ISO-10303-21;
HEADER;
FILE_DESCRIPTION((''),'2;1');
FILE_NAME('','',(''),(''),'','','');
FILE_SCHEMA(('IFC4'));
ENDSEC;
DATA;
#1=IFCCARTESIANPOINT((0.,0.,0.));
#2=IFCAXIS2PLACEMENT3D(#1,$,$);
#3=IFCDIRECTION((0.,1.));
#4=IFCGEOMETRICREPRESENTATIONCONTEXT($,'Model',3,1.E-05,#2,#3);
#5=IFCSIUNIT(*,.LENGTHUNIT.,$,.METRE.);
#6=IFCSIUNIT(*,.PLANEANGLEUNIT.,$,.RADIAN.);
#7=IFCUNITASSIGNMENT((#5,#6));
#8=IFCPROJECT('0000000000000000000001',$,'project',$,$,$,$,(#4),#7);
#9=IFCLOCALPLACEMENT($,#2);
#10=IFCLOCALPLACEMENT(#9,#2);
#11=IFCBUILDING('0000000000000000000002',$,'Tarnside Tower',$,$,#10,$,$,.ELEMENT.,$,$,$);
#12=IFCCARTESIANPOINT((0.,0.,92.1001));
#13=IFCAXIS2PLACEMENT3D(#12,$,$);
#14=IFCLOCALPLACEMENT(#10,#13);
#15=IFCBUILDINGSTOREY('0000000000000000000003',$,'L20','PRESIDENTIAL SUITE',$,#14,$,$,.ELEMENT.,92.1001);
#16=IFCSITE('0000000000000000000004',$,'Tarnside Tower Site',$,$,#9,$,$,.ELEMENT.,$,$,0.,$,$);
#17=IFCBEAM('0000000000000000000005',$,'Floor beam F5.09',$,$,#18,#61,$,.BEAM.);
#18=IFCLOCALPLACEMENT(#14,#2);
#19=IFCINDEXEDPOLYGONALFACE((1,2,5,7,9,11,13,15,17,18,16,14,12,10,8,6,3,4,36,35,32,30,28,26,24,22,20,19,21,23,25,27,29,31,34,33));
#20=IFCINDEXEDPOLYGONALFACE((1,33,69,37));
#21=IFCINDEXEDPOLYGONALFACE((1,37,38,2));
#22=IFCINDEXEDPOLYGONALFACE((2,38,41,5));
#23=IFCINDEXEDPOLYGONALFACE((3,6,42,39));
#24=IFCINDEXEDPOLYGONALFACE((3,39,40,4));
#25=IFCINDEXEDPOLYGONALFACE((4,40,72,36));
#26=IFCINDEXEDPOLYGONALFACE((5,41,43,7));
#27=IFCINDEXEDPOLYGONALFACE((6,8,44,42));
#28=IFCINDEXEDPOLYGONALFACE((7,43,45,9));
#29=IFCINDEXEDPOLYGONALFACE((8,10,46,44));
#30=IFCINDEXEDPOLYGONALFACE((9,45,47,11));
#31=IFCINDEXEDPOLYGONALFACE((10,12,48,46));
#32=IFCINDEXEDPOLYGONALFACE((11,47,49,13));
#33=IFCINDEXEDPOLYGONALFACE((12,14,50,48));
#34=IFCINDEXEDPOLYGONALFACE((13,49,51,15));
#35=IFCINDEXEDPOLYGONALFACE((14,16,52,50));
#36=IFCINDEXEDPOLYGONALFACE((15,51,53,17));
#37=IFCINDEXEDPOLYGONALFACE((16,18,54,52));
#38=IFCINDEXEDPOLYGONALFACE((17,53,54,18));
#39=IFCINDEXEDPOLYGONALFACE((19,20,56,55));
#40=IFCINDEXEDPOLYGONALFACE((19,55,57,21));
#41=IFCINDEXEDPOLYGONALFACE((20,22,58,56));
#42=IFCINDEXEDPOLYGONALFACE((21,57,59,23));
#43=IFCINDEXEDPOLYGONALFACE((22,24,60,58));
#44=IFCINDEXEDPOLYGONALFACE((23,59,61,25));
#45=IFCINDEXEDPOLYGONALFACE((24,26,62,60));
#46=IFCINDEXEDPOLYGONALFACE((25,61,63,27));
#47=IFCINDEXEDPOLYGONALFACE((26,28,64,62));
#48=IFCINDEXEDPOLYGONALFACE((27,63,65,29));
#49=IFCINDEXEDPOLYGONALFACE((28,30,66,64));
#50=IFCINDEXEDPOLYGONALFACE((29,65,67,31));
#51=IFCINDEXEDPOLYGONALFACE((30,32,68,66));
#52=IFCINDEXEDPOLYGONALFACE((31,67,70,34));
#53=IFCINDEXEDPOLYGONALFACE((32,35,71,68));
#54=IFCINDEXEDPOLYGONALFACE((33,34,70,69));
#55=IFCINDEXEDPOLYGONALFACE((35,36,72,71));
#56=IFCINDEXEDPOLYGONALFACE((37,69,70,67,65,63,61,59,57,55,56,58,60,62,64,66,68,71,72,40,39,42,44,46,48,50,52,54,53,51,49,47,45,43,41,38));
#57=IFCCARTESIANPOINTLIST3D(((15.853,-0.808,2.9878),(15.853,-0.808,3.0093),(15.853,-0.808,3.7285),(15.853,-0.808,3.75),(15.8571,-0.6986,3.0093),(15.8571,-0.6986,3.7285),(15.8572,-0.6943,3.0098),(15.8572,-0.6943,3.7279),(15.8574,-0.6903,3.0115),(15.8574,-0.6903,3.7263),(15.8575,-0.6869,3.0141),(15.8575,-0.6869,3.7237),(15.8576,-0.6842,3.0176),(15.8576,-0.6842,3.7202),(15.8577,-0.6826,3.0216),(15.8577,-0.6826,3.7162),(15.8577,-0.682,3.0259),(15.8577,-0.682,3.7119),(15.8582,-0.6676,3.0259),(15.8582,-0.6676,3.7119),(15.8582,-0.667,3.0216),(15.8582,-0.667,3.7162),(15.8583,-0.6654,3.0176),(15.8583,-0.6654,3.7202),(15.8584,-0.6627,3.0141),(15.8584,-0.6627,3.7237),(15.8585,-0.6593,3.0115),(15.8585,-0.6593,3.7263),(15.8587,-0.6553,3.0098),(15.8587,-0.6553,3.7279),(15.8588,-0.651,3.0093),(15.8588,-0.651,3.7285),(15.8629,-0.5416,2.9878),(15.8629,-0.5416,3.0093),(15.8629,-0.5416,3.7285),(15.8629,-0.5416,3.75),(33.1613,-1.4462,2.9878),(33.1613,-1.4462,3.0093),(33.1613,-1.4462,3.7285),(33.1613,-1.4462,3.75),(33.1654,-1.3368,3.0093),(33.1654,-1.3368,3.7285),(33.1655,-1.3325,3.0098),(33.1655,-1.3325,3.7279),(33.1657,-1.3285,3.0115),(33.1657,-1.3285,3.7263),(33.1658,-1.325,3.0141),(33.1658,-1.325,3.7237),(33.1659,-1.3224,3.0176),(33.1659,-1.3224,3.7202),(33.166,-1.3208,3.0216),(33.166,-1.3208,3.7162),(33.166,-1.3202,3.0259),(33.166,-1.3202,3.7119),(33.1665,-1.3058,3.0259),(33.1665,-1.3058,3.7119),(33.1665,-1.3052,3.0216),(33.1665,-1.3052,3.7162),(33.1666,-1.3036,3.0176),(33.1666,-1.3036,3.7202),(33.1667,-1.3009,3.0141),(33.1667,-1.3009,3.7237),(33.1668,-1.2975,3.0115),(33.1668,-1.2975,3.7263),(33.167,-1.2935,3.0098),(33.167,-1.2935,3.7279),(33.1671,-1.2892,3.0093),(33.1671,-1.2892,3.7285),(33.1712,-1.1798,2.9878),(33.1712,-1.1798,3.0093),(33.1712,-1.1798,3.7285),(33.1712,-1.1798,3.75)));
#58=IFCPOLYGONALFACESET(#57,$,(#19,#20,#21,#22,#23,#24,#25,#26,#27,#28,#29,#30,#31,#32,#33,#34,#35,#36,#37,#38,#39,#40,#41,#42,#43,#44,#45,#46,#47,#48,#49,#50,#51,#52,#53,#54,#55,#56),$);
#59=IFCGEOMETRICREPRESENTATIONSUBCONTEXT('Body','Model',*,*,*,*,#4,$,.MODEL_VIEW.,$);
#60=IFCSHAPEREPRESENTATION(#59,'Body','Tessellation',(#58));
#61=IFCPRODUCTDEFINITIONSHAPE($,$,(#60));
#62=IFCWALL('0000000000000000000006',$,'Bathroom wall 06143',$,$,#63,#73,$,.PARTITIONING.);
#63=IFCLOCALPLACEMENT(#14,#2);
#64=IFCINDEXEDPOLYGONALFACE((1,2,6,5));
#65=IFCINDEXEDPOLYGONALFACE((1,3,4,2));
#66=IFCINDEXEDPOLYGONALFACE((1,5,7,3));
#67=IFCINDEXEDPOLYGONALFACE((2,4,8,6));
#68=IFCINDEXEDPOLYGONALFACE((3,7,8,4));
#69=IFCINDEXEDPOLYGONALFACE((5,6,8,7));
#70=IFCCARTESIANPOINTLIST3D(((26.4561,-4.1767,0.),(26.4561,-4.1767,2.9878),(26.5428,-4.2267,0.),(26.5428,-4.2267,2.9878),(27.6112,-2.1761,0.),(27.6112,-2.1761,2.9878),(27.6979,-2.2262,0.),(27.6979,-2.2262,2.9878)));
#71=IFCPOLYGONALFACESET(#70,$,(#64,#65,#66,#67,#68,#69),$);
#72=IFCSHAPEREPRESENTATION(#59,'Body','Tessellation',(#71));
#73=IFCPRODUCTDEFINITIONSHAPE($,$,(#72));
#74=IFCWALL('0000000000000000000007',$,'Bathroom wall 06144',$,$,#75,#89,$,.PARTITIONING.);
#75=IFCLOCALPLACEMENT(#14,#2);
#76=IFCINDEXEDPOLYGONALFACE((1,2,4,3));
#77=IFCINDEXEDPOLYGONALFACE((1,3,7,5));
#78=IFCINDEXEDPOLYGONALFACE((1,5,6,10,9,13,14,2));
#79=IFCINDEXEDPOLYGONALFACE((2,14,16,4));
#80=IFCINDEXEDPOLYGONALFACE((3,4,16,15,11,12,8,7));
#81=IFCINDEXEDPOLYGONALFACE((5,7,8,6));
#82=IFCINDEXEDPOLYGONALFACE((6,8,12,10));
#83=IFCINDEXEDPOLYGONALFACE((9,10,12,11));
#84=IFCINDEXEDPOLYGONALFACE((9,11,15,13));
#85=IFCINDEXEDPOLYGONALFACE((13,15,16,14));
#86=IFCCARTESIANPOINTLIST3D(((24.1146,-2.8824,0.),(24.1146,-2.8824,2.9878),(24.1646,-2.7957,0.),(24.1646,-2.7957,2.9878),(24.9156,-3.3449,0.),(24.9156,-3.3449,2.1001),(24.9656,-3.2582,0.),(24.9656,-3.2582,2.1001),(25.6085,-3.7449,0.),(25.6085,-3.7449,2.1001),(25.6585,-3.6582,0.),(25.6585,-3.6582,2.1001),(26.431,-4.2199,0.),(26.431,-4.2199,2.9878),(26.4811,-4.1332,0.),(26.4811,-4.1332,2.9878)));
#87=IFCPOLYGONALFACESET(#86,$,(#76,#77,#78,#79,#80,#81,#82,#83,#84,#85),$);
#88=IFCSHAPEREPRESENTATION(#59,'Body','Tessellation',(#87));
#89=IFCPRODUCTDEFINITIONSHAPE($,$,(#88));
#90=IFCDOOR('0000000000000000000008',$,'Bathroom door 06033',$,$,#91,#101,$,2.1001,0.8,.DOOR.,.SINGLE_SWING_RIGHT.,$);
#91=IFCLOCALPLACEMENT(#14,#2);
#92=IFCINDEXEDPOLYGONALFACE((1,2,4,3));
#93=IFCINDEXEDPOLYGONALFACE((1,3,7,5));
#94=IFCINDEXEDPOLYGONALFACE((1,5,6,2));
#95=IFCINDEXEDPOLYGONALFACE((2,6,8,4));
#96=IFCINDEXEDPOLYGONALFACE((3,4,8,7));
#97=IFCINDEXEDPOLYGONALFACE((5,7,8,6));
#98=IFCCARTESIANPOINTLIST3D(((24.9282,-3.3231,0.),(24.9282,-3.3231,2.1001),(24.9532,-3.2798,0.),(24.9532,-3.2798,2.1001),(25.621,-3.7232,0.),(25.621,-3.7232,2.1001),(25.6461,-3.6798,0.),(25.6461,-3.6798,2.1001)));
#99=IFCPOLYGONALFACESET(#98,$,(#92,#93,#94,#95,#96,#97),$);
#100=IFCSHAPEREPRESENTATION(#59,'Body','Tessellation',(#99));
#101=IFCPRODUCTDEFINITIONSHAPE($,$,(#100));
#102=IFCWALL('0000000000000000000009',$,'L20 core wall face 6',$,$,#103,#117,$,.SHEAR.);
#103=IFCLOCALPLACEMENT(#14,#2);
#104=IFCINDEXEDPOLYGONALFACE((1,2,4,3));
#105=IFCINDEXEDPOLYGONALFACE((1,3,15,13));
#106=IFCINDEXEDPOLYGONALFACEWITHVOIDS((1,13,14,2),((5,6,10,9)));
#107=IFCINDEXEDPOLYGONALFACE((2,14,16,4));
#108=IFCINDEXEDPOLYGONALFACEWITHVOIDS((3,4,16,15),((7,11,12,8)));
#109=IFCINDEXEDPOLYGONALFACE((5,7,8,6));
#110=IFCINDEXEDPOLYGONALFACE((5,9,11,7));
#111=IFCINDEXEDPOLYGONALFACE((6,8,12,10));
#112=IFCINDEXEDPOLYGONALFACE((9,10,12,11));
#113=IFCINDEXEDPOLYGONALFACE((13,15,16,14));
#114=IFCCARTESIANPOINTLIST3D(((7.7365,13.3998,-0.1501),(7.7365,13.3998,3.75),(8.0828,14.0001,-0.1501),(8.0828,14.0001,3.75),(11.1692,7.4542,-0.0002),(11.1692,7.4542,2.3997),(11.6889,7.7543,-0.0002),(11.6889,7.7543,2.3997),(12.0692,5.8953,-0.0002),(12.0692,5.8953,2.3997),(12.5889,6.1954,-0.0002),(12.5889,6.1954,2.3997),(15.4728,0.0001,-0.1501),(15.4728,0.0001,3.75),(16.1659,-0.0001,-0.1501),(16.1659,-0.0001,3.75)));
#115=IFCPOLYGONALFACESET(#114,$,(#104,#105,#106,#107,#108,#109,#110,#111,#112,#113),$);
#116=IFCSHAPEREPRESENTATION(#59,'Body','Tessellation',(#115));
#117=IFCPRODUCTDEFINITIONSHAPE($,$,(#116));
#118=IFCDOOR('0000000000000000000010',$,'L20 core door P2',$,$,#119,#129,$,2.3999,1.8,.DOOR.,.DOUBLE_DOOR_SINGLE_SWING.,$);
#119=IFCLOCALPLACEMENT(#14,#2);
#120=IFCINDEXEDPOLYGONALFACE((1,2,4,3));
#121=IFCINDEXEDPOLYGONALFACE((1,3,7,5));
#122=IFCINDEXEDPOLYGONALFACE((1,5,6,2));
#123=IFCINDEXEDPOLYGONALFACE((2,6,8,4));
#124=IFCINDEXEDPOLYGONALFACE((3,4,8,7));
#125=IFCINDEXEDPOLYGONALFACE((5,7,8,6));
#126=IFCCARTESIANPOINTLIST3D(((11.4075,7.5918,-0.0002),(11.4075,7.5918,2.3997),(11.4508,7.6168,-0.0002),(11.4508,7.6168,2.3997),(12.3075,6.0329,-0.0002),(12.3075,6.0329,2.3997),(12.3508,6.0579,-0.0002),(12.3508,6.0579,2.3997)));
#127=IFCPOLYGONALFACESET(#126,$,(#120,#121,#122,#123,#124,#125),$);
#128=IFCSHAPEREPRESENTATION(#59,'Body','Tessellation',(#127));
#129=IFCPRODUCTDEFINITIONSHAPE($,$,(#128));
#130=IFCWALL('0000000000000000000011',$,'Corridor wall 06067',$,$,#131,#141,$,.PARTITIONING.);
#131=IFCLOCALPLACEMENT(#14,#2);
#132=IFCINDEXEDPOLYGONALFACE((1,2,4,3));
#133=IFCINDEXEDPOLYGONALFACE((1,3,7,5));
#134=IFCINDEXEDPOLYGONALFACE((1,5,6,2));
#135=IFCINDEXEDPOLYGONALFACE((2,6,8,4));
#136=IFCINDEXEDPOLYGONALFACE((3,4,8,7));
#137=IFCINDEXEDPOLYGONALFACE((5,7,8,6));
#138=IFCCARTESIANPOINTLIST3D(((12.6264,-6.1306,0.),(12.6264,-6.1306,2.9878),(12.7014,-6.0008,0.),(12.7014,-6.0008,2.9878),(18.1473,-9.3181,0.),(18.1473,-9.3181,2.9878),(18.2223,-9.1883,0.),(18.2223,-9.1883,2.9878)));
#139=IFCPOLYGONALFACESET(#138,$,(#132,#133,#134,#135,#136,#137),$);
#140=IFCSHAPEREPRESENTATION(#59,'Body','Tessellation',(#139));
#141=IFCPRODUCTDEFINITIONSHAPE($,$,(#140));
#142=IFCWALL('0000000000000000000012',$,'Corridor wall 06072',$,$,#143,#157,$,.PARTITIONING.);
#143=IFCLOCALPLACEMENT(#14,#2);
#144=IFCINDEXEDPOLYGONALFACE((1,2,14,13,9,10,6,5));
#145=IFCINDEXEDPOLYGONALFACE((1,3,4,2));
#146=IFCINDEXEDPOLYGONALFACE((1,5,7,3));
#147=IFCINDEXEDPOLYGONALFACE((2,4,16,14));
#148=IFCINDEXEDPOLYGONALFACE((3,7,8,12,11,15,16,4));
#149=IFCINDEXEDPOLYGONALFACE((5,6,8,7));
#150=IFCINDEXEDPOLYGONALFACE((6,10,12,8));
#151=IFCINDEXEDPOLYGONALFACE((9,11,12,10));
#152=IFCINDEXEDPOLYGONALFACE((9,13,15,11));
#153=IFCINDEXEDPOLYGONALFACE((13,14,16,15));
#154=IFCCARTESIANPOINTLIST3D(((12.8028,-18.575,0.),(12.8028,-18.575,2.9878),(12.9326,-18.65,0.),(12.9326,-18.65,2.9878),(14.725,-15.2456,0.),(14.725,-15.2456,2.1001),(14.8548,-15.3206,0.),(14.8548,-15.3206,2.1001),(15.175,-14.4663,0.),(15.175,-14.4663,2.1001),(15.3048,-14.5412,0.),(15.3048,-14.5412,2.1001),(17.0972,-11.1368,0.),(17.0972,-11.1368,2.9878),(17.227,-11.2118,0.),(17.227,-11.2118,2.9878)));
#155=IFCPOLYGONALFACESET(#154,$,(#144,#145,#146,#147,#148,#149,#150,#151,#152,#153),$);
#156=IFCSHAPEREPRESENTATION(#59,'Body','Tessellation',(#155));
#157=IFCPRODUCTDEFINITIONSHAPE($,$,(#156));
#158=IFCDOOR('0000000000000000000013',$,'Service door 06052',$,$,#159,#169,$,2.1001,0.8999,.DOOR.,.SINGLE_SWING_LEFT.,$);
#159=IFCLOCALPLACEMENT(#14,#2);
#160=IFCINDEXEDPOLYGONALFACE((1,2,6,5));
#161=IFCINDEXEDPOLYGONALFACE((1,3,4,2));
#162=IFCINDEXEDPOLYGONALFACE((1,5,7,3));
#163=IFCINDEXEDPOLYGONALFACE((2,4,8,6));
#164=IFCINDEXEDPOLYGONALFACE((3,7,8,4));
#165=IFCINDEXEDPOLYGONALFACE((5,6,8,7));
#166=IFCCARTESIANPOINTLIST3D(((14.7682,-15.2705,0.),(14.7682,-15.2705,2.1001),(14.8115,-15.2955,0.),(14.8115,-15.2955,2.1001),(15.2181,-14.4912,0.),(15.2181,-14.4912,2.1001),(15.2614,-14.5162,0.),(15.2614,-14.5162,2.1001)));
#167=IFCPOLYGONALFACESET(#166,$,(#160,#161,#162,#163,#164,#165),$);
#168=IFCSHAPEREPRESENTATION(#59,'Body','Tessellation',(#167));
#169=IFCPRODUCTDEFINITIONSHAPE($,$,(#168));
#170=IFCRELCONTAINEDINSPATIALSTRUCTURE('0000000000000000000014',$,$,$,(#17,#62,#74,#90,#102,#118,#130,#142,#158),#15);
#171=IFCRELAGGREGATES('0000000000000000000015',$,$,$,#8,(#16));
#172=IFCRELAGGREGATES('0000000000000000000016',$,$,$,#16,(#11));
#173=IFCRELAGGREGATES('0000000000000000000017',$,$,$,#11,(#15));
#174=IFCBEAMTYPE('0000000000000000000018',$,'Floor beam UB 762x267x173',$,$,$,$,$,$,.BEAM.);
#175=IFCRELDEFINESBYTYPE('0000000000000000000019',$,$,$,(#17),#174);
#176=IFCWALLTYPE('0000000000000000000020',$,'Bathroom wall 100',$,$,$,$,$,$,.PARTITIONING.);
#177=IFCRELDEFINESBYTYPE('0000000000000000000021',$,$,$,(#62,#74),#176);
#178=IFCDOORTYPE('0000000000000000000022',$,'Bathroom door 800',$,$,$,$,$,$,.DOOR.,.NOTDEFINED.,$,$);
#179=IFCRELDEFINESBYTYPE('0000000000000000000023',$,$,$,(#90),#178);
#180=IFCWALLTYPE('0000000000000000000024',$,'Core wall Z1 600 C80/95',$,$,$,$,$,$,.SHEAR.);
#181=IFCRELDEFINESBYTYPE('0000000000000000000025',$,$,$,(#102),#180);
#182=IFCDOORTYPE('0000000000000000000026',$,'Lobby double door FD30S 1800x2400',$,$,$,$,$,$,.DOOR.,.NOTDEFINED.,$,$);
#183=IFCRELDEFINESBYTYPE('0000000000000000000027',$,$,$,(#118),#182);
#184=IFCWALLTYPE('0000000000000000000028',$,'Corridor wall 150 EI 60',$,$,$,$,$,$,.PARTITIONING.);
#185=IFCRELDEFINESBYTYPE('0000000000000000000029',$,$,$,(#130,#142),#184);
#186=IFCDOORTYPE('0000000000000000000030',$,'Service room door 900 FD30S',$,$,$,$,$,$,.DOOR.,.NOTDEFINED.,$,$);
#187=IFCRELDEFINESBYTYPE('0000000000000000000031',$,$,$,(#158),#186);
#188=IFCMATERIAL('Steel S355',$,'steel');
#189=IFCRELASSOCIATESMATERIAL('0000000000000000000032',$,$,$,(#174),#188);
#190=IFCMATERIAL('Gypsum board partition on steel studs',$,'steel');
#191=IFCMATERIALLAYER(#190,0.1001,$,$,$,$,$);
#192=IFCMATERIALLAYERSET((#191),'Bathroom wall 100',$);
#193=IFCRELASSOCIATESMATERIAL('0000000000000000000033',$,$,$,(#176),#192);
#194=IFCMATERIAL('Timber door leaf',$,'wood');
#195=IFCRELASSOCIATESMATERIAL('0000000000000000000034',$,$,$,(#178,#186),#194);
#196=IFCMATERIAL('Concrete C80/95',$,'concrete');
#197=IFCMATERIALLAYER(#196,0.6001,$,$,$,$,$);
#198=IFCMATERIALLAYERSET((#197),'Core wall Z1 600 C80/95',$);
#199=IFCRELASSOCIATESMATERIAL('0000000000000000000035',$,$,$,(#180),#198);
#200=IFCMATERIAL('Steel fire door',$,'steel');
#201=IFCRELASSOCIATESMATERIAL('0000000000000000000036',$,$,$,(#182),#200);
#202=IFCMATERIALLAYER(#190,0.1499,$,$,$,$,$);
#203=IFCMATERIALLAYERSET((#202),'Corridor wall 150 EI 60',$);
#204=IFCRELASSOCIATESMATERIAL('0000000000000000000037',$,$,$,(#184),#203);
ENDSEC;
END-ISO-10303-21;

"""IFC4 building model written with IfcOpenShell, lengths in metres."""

from ifc_helpers import new_model, si_unit, direction, frame, frame_2d, origin, origin_2d, place, context, subcontext, project, spatial, polyline, rectangle, i_section, outline, extrude, material, layer, layer_set, material_profile, profile_set, type_object, element, fill, save


model = new_model("IFC4")

# Units and contexts
model_context = context("Model", 3, precision=1e-05, world=origin(), true_north=direction((0.0, 1.0)))
body_context = subcontext(model_context, "Body", "Model", "MODEL_VIEW")
ifc_project = project(units=[si_unit("LENGTHUNIT", "METRE"), si_unit("PLANEANGLEUNIT", "RADIAN")], contexts=[model_context])

# Site, building, storey
site_placement = place(None, origin())
site = spatial("IfcSite", under=ifc_project, at=site_placement, Name="Tarnside Tower Site", CompositionType="ELEMENT", RefElevation=0.0)
building_placement = place(site_placement, origin())
building = spatial("IfcBuilding", under=site, at=building_placement, Name="Tarnside Tower", CompositionType="ELEMENT")
storey_placement = place(building_placement, frame((0.0, 0.0, 92.1001)))
storey = spatial("IfcBuildingStorey", under=building, at=storey_placement, Name="L20", Description="PRESIDENTIAL SUITE", CompositionType="ELEMENT", Elevation=92.1001)

# Beam
ifc_material_1 = material(Name="Steel S355", Category="steel")
ifc_material_profile_1 = material_profile(ifc_material_1, i_section(OverallWidth=0.2666, OverallDepth=0.7622, WebThickness=0.0144, FlangeThickness=0.0215, FilletRadius=0.0166, at=origin_2d()), Name="UB 762x267x173")
ifc_profile_set_1 = profile_set([ifc_material_profile_1], Name="Steel S355")
beam_type_1 = type_object("IfcBeamType", Name="Floor beam UB 762x267x173", PredefinedType="BEAM", material=ifc_profile_set_1)
beam_1_placement = place(storey_placement, frame((33.1663, -1.313, 3.3689), z_axis=(-0.999321, 0.036846, 0.0), x_axis=(-0.036846, -0.999321, 0.0)))
element("IfcBeam", 1, at=beam_1_placement, inside=storey, type_object=beam_type_1, Name="Floor beam F5.09", PredefinedType="BEAM", context=body_context, shape_type="SweptSolid", body=[
    extrude(i_section(OverallWidth=0.2666, OverallDepth=0.7622, WebThickness=0.0144, FlangeThickness=0.0215, FilletRadius=0.0166, at=origin_2d()), origin(), (0.0, 0.0, 1.0), 17.3201),
])

# Wall
ifc_material_2 = material(Name="Gypsum board partition on steel studs", Category="steel")
ifc_layer_1 = layer(ifc_material_2, 0.1001)
ifc_layer_set_1 = layer_set([ifc_layer_1], Name="Bathroom wall 100")
wall_type_1 = type_object("IfcWallType", Name="Bathroom wall 100", PredefinedType="PARTITIONING", material=ifc_layer_set_1)
wall_1_placement = place(storey_placement, frame((27.6545, -2.2012, 0.0), z_axis=(0.0, 0.0, 1.0), x_axis=(-0.500015, -0.866017, 0.0)))
element("IfcWall", 2, at=wall_1_placement, inside=storey, type_object=wall_type_1, Name="Bathroom wall 06143", PredefinedType="PARTITIONING", context=body_context, shape_type="SweptSolid", body=[
    extrude(rectangle(XDim=2.3101, YDim=0.1001, at=frame_2d((1.155, 0.0))), origin(), (0.0, 0.0, 1.0), 2.9878),
])

# Walls, openings, doors
wall_2_placement = place(storey_placement, frame((26.4561, -4.1765, 0.0), z_axis=(0.0, 0.0, 1.0), x_axis=(-0.866021, 0.500007, 0.0)))
wall_2 = element("IfcWall", 3, at=wall_2_placement, inside=storey, type_object=wall_type_1, Name="Bathroom wall 06144", PredefinedType="PARTITIONING", context=body_context, shape_type="SweptSolid", body=[
    extrude(rectangle(XDim=2.6748, YDim=0.1001, at=frame_2d((1.3374, 0.0))), origin(), (0.0, 0.0, 1.0), 2.9878),
])
opening_1_placement = place(wall_2_placement, frame((0.95, 0.0, 0.0)))
opening_1 = element("IfcOpeningElement", 4, at=opening_1_placement, cuts=wall_2, PredefinedType="OPENING", context=body_context, shape_type="SweptSolid", body=[
    extrude(rectangle(XDim=0.8, YDim=2.1001, at=frame_2d((0.3999, 1.05))), frame((0.0, 0.0601, 0.0), z_axis=(0.0, -1.0, 0.0), x_axis=(1.0, 0.0, 0.0)), (0.0, 0.0, 1.0), 0.1201),
])
ifc_material_3 = material(Name="Timber door leaf", Category="wood")
door_type_1 = type_object("IfcDoorType", Name="Bathroom door 800", OperationType="NOTDEFINED", PredefinedType="DOOR", material=ifc_material_3)
door_1_placement = place(opening_1_placement, origin())
door_1 = element("IfcDoor", 5, at=door_1_placement, inside=storey, type_object=door_type_1, Name="Bathroom door 06033", OperationType="SINGLE_SWING_RIGHT", OverallHeight=2.1001, OverallWidth=0.8, PredefinedType="DOOR", context=body_context, shape_type="SweptSolid", body=[
    extrude(rectangle(XDim=0.8, YDim=2.1001, at=frame_2d((0.3999, 1.05))), frame((0.0, 0.0249, 0.0), z_axis=(0.0, -1.0, 0.0), x_axis=(1.0, 0.0, 0.0)), (0.0, 0.0, 1.0), 0.05),
])
fill(opening_1, door_1)
ifc_material_4 = material(Name="Concrete C80/95", Category="concrete")
ifc_layer_2 = layer(ifc_material_4, 0.6001)
ifc_layer_set_2 = layer_set([ifc_layer_2], Name="Core wall Z1 600 C80/95")
wall_type_2 = type_object("IfcWallType", Name="Core wall Z1 600 C80/95", PredefinedType="SHEAR", material=ifc_layer_set_2)
wall_3_placement = place(storey_placement, frame((15.8193, 0.0, -0.1501), z_axis=(0.0, 0.0, 1.0), x_axis=(-0.5, 0.866025, 0.0)))
wall_3 = element("IfcWall", 6, at=wall_3_placement, inside=storey, type_object=wall_type_2, Name="L20 core wall face 6", PredefinedType="SHEAR", context=body_context, shape_type="SweptSolid", body=[
    extrude(outline(polyline([(-0.1733, -0.3), (15.9927, -0.3), (15.646, 0.3), (0.1733, 0.3), (-0.1733, -0.3)])), origin(), (0.0, 0.0, 1.0), 3.9001),
])
opening_2_placement = place(wall_3_placement, frame((6.9807, 0.0, 0.1499)))
opening_2 = element("IfcOpeningElement", 7, at=opening_2_placement, cuts=wall_3, PredefinedType="OPENING", context=body_context, shape_type="SweptSolid", body=[
    extrude(rectangle(XDim=1.8, YDim=2.3999, at=frame_2d((0.8999, 1.2))), frame((0.0, 0.3101, 0.0), z_axis=(0.0, -1.0, 0.0), x_axis=(1.0, 0.0, 0.0)), (0.0, 0.0, 1.0), 0.6201),
])
ifc_material_5 = material(Name="Steel fire door", Category="steel")
door_type_2 = type_object("IfcDoorType", Name="Lobby double door FD30S 1800x2400", OperationType="NOTDEFINED", PredefinedType="DOOR", material=ifc_material_5)
door_2_placement = place(opening_2_placement, origin())
door_2 = element("IfcDoor", 8, at=door_2_placement, inside=storey, type_object=door_type_2, Name="L20 core door P2", OperationType="DOUBLE_DOOR_SINGLE_SWING", OverallHeight=2.3999, OverallWidth=1.8, PredefinedType="DOOR", context=body_context, shape_type="SweptSolid", body=[
    extrude(rectangle(XDim=1.8, YDim=2.3999, at=frame_2d((0.8999, 1.2))), frame((0.0, 0.0249, 0.0), z_axis=(0.0, -1.0, 0.0), x_axis=(1.0, 0.0, 0.0)), (0.0, 0.0, 1.0), 0.05),
])
fill(opening_2, door_2)

# Wall
ifc_layer_3 = layer(ifc_material_2, 0.1499)
ifc_layer_set_3 = layer_set([ifc_layer_3], Name="Corridor wall 150 EI 60")
wall_type_3 = type_object("IfcWallType", Name="Corridor wall 150 EI 60", PredefinedType="PARTITIONING", material=ifc_layer_set_3)
wall_4_placement = place(storey_placement, frame((18.1848, -9.2532, 0.0), z_axis=(0.0, 0.0, 1.0), x_axis=(-0.866029, 0.499994, 0.0)))
element("IfcWall", 9, at=wall_4_placement, inside=storey, type_object=wall_type_3, Name="Corridor wall 06067", PredefinedType="PARTITIONING", context=body_context, shape_type="SweptSolid", body=[
    extrude(rectangle(XDim=6.375, YDim=0.1499, at=frame_2d((3.1875, 0.0))), origin(), (0.0, 0.0, 1.0), 2.9878),
])

# Wall, opening, door
wall_5_placement = place(storey_placement, frame((17.1621, -11.1743, 0.0), z_axis=(0.0, 0.0, 1.0), x_axis=(-0.499997, -0.866027, 0.0)))
wall_5 = element("IfcWall", 10, at=wall_5_placement, inside=storey, type_object=wall_type_3, Name="Corridor wall 06072", PredefinedType="PARTITIONING", context=body_context, shape_type="SweptSolid", body=[
    extrude(rectangle(XDim=8.5889, YDim=0.1499, at=frame_2d((4.2944, 0.0))), origin(), (0.0, 0.0, 1.0), 2.9878),
])
opening_3_placement = place(wall_5_placement, frame((3.8445, 0.0, 0.0)))
opening_3 = element("IfcOpeningElement", 11, at=opening_3_placement, cuts=wall_5, PredefinedType="OPENING", context=body_context, shape_type="SweptSolid", body=[
    extrude(rectangle(XDim=0.8999, YDim=2.1001, at=frame_2d((0.45, 1.05))), frame((0.0, 0.085, 0.0), z_axis=(0.0, -1.0, 0.0), x_axis=(1.0, 0.0, 0.0)), (0.0, 0.0, 1.0), 0.1699),
])
door_type_3 = type_object("IfcDoorType", Name="Service room door 900 FD30S", OperationType="NOTDEFINED", PredefinedType="DOOR", material=ifc_material_3)
door_3_placement = place(opening_3_placement, origin())
door_3 = element("IfcDoor", 12, at=door_3_placement, inside=storey, type_object=door_type_3, Name="Service door 06052", OperationType="SINGLE_SWING_LEFT", OverallHeight=2.1001, OverallWidth=0.8999, PredefinedType="DOOR", context=body_context, shape_type="SweptSolid", body=[
    extrude(rectangle(XDim=0.8999, YDim=2.1001, at=frame_2d((0.45, 1.05))), frame((0.0, 0.0249, 0.0), z_axis=(0.0, -1.0, 0.0), x_axis=(1.0, 0.0, 0.0)), (0.0, 0.0, 1.0), 0.05),
])
fill(opening_3, door_3)

save(model, "model.ifc")
